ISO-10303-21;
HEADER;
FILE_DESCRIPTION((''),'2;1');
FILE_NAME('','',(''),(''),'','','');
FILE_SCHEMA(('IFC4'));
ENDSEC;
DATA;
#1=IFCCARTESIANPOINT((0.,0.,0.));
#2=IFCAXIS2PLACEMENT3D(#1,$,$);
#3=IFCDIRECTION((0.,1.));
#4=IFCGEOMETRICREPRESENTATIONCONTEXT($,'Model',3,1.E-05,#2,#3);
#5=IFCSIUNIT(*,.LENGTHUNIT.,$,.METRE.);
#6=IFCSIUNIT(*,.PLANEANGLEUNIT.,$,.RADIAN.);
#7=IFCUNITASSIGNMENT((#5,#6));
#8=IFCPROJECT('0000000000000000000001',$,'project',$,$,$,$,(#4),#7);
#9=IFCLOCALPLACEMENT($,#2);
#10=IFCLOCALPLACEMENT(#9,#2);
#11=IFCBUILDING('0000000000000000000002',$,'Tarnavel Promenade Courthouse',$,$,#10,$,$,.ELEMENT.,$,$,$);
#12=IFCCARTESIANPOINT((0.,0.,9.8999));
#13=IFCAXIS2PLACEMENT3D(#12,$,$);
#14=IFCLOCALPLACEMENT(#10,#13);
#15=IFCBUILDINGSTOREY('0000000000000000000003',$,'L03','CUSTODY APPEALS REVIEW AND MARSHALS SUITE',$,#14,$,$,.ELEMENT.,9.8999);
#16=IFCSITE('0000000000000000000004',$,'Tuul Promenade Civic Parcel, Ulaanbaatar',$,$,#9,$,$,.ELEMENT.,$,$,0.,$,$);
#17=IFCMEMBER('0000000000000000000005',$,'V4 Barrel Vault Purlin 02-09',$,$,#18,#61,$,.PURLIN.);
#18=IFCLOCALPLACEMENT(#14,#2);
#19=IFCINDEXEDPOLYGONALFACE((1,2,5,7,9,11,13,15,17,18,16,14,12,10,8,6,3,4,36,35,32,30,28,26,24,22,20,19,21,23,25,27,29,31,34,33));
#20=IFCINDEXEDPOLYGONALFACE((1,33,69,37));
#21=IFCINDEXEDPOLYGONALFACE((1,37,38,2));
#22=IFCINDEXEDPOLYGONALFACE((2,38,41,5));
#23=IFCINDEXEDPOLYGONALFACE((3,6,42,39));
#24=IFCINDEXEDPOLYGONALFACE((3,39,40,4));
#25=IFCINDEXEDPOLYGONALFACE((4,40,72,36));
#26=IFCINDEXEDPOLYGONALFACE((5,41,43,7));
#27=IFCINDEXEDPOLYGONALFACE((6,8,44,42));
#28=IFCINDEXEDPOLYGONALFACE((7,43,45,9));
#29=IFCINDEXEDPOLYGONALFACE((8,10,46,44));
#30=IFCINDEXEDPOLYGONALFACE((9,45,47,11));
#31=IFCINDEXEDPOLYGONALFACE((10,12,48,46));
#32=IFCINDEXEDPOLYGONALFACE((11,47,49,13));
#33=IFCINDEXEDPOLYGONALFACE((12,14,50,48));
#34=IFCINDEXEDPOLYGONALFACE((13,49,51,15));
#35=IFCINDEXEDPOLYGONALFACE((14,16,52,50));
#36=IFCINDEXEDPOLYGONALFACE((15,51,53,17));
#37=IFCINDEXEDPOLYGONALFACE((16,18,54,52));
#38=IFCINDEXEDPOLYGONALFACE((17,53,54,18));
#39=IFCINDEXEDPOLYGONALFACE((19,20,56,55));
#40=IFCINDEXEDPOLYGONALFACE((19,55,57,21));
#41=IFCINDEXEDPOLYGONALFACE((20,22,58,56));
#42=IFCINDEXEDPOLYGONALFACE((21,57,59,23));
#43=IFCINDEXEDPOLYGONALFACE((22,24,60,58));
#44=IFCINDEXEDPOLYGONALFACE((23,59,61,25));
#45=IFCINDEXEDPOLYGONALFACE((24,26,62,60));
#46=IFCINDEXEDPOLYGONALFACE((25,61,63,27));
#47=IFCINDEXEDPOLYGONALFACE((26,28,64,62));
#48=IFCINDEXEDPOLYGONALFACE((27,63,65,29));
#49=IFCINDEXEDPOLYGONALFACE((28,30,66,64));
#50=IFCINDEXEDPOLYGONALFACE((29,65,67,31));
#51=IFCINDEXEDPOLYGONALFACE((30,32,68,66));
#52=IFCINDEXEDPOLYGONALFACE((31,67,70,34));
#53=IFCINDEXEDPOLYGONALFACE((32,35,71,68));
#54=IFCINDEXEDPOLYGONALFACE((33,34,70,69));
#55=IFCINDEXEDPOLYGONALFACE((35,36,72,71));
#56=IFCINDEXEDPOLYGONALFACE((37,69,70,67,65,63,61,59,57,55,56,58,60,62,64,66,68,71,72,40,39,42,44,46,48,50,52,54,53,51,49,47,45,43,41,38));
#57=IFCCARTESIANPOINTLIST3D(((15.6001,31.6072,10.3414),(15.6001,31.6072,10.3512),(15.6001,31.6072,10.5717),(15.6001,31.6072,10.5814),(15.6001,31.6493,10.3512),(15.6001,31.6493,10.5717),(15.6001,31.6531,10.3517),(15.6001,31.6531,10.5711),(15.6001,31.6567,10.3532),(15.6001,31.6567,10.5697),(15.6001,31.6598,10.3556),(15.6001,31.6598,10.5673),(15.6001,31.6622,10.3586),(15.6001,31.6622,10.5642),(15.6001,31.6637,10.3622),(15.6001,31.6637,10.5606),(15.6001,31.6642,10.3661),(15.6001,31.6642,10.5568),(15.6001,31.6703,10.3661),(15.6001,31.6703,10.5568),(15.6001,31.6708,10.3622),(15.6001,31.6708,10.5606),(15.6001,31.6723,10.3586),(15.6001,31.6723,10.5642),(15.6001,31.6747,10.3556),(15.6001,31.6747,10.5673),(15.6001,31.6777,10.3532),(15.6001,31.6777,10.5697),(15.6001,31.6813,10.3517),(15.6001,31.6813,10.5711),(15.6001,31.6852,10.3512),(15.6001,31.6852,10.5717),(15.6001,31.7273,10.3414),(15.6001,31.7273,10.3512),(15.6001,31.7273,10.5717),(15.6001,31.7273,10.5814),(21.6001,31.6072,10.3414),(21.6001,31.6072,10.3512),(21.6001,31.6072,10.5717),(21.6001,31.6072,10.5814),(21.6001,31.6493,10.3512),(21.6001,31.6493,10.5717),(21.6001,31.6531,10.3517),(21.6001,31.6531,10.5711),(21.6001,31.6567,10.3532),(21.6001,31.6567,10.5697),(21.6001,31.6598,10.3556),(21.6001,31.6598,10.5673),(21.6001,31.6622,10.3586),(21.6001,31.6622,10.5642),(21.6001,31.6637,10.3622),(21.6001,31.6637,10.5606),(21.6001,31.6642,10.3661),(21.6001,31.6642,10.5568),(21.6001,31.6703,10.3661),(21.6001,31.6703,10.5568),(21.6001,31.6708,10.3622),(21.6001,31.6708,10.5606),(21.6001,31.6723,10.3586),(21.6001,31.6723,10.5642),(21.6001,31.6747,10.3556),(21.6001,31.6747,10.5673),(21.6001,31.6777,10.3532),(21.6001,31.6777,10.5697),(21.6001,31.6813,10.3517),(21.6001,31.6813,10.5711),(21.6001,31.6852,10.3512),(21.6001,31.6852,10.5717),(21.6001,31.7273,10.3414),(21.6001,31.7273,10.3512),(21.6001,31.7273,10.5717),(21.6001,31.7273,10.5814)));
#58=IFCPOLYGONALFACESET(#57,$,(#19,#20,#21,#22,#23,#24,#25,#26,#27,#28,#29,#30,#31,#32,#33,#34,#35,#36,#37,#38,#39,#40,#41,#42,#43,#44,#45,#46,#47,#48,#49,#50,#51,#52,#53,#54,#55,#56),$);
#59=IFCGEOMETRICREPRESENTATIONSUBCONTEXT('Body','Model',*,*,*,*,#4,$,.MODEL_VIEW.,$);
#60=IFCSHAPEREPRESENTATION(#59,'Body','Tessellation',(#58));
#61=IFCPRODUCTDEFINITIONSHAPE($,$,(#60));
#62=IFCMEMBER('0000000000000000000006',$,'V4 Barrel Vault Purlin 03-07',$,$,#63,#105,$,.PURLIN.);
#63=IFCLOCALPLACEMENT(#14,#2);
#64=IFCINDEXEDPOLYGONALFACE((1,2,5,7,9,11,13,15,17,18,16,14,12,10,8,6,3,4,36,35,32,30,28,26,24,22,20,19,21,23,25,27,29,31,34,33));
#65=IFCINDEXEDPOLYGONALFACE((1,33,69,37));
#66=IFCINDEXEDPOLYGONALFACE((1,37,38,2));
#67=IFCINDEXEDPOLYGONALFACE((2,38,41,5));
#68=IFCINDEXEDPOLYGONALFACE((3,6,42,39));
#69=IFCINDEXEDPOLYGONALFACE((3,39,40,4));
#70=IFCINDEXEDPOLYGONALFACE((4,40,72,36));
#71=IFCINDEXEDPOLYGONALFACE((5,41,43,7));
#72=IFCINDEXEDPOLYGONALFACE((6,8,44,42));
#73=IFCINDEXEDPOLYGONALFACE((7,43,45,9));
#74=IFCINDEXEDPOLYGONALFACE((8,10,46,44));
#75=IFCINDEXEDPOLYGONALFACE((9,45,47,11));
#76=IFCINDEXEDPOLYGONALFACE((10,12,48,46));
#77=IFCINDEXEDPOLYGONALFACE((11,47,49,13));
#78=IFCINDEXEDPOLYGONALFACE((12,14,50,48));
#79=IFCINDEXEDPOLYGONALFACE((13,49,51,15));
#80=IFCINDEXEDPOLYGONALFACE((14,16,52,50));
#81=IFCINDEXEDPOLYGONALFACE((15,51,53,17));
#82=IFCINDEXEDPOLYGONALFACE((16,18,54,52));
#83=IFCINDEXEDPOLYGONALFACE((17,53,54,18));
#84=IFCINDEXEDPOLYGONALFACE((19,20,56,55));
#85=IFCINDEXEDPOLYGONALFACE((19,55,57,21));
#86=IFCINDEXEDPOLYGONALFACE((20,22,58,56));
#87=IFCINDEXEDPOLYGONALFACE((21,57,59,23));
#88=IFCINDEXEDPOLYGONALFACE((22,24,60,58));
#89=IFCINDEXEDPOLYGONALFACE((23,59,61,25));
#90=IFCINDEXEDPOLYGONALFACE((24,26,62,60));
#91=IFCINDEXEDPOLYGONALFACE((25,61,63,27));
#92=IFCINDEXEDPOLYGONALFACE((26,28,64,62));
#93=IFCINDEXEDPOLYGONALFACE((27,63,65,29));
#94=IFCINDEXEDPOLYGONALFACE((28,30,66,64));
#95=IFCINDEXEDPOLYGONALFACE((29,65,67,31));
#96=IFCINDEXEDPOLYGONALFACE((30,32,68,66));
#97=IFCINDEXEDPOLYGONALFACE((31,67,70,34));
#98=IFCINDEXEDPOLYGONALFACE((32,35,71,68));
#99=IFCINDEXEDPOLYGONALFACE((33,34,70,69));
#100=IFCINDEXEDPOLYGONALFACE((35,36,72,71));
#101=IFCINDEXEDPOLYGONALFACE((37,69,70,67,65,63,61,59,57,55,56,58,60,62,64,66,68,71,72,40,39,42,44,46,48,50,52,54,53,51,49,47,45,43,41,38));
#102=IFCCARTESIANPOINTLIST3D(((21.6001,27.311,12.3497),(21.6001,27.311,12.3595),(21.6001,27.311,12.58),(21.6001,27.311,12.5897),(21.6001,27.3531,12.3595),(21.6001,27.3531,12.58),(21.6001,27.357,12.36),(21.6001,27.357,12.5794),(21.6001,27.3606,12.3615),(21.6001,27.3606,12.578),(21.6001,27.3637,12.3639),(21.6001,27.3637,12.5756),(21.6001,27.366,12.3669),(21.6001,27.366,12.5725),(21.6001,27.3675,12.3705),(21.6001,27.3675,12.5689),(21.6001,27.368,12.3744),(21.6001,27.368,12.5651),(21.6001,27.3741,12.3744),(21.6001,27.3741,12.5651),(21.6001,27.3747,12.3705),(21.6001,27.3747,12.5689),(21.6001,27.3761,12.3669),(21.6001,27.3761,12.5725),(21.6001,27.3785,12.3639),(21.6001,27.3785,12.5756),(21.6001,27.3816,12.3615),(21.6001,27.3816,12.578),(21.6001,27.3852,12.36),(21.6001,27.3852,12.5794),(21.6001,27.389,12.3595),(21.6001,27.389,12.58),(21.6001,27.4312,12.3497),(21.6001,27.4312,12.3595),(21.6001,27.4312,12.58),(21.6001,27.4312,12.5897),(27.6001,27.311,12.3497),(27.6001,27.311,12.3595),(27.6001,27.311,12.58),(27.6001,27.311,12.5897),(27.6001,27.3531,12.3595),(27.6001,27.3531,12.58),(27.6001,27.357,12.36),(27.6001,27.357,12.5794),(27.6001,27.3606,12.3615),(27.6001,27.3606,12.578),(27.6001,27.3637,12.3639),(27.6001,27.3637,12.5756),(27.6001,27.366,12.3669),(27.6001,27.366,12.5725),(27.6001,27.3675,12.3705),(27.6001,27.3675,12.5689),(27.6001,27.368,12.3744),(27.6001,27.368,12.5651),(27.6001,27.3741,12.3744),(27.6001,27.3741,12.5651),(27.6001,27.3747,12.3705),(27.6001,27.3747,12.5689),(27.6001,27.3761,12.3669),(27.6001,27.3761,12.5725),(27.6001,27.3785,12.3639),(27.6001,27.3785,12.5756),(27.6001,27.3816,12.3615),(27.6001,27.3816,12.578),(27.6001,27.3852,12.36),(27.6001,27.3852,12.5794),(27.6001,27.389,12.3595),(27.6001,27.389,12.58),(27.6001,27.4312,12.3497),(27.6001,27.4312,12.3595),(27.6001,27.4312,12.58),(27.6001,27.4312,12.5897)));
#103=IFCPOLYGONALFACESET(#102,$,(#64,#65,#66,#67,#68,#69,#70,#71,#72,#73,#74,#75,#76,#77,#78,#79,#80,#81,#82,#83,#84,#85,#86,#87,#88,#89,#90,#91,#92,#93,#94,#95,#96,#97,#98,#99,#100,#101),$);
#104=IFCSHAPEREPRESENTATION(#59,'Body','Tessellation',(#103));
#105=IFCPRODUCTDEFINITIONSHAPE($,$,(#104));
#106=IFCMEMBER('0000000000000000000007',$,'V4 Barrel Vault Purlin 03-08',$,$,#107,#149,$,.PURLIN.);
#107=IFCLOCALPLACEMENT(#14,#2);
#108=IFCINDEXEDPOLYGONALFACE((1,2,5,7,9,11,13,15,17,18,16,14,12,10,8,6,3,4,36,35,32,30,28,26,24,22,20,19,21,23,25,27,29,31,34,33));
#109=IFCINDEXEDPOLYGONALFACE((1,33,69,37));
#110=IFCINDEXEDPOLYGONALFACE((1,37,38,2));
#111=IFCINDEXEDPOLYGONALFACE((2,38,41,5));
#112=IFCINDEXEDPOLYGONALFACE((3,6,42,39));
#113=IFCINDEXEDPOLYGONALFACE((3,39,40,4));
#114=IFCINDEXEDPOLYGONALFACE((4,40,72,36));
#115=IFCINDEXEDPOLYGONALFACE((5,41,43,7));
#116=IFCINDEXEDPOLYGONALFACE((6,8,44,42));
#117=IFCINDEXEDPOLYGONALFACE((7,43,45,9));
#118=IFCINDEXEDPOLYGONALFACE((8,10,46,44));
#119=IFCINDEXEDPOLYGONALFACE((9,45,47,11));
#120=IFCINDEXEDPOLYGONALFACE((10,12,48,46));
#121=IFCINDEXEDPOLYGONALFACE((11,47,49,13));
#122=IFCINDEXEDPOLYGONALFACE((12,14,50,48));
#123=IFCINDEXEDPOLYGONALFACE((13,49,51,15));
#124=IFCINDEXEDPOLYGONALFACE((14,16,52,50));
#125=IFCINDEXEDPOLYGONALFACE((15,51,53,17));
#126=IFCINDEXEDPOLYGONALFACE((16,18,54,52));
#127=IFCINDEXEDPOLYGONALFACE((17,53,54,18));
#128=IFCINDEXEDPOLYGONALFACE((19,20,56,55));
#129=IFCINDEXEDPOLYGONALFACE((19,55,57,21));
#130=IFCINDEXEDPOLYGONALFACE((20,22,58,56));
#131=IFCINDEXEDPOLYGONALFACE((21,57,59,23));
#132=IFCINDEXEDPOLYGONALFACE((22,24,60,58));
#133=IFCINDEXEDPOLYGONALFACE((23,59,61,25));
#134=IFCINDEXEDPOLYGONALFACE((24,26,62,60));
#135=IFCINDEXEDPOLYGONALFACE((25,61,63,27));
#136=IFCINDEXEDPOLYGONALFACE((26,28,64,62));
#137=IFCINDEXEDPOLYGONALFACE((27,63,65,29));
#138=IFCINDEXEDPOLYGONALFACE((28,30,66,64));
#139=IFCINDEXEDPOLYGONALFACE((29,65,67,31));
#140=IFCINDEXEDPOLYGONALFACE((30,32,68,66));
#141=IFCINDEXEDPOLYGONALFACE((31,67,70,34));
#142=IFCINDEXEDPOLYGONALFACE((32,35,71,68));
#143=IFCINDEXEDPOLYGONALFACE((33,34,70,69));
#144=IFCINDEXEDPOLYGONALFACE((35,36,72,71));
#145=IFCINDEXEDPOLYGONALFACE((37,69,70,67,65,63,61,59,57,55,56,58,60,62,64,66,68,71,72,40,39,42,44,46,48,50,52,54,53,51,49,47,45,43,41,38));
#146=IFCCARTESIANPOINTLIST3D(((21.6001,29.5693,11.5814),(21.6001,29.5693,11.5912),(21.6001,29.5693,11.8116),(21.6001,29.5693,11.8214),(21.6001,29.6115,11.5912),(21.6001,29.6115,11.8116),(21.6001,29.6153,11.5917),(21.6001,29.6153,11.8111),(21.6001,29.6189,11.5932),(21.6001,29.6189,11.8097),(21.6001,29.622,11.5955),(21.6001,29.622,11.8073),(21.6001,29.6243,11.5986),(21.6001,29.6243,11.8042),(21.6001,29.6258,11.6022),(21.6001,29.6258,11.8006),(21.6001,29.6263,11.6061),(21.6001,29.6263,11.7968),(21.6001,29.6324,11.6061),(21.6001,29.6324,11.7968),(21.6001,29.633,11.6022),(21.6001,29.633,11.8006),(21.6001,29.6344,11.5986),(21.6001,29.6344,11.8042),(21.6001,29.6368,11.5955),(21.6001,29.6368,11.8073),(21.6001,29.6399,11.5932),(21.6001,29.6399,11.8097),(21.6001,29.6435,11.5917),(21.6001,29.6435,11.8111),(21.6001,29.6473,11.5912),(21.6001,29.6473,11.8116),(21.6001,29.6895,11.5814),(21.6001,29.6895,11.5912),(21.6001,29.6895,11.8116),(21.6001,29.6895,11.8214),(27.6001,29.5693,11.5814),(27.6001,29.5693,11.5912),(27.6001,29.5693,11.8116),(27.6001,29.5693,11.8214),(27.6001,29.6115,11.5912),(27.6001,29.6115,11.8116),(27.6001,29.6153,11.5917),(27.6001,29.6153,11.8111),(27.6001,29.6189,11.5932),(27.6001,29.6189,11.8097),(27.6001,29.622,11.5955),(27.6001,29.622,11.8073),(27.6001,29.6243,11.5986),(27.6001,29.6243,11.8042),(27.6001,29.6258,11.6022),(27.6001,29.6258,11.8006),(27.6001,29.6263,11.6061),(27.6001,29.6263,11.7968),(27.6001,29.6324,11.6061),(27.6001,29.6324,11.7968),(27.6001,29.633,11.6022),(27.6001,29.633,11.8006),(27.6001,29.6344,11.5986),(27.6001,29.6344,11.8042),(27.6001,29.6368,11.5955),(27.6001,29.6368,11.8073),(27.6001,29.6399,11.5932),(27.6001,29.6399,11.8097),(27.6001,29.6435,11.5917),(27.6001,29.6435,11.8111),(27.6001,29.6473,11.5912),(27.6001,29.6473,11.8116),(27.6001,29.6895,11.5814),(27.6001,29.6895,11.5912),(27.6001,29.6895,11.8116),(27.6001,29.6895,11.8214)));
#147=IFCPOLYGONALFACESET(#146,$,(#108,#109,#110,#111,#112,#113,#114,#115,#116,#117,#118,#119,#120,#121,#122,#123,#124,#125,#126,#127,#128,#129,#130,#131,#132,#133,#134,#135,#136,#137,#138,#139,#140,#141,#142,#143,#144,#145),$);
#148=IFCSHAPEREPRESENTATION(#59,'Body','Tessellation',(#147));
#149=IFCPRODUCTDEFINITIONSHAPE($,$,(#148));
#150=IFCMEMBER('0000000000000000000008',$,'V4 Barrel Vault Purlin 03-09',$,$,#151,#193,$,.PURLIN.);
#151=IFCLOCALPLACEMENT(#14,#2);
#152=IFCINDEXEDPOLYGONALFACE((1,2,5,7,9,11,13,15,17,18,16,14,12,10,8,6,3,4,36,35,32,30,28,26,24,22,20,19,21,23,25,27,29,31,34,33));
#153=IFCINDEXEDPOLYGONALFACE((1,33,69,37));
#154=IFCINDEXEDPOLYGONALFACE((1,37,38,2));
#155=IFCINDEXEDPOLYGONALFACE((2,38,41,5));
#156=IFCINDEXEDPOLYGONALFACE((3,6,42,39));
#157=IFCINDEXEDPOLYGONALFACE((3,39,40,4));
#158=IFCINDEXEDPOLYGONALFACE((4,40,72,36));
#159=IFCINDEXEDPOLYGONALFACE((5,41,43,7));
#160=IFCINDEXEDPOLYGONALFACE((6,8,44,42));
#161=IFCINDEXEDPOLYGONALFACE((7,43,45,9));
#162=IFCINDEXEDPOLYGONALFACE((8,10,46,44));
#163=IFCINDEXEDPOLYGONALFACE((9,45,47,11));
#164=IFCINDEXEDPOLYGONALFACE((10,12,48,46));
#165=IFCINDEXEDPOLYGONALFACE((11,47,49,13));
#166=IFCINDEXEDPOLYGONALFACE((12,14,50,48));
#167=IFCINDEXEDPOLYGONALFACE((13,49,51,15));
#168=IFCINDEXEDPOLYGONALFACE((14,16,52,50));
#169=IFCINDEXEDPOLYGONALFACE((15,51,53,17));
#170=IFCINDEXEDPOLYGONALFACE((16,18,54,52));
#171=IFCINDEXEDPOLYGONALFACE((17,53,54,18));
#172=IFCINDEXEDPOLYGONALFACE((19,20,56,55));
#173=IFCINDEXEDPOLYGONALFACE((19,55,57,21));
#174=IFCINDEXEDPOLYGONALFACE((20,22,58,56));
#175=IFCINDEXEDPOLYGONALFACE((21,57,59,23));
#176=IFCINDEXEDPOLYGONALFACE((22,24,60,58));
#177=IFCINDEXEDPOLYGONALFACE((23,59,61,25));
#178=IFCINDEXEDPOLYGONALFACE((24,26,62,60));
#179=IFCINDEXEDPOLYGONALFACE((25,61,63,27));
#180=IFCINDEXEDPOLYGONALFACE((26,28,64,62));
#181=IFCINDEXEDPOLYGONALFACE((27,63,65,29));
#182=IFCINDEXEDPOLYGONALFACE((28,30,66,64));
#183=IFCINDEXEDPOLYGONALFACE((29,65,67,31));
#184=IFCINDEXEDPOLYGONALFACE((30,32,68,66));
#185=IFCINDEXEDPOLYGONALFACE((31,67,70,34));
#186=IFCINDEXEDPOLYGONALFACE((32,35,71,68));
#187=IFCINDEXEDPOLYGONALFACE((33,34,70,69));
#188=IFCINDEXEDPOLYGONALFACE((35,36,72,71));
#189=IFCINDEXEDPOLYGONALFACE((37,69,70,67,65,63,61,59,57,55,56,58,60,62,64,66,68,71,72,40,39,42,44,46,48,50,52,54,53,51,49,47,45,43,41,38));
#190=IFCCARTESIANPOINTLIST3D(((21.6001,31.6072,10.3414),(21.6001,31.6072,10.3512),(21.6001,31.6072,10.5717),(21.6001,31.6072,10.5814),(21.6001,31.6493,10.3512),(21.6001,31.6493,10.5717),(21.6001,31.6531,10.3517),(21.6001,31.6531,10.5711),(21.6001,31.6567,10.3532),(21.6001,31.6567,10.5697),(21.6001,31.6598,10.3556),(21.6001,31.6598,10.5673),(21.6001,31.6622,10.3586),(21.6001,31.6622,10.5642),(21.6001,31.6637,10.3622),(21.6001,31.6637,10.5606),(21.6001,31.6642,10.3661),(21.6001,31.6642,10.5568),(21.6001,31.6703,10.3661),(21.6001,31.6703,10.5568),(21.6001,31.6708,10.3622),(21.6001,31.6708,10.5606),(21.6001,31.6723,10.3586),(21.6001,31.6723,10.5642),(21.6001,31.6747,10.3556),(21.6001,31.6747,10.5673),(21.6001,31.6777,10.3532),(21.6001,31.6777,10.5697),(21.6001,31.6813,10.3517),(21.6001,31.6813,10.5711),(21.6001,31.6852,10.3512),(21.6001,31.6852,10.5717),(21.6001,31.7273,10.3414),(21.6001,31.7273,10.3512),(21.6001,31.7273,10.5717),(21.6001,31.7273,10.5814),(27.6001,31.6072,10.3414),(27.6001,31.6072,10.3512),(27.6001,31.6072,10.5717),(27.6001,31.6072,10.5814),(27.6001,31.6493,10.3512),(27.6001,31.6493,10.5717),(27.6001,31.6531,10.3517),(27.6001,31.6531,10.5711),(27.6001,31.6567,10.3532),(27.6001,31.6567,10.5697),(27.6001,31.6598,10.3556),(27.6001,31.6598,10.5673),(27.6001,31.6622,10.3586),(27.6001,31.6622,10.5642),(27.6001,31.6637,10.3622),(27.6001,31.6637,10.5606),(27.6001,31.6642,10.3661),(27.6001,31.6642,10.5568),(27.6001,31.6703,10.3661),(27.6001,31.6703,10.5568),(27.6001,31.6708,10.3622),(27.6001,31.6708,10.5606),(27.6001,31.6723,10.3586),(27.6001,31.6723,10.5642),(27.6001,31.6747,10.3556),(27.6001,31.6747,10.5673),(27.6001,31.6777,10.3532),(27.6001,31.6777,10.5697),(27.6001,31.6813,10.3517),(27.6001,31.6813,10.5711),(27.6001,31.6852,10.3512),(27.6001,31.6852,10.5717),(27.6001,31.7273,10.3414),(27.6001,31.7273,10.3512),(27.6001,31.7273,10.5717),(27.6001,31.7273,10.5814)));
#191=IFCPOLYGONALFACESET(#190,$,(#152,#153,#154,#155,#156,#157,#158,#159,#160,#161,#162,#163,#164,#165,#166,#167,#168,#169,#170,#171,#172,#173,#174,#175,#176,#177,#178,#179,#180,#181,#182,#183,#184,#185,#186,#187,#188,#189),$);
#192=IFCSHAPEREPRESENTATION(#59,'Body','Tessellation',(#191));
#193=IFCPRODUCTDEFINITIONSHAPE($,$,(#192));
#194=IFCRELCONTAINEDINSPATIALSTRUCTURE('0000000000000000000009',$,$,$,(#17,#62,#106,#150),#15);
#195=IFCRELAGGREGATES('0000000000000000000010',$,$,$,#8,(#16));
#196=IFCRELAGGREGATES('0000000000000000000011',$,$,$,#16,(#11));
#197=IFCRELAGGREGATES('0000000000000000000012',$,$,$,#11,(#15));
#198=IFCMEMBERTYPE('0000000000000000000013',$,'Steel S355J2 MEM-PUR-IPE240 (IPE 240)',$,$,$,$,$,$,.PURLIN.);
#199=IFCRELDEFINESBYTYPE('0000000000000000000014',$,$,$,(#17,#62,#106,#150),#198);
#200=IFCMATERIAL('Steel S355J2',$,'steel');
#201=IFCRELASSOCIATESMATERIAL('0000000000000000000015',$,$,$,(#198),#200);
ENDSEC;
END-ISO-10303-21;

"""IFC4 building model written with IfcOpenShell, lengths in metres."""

from ifc_helpers import new_model, si_unit, direction, frame, origin, origin_2d, place, context, subcontext, project, spatial, i_section, extrude, material, material_profile, profile_set, type_object, element, save


model = new_model("IFC4")

# Units and contexts
model_context = context("Model", 3, precision=1e-05, world=origin(), true_north=direction((0.0, 1.0)))
body_context = subcontext(model_context, "Body", "Model", "MODEL_VIEW")
ifc_project = project(units=[si_unit("LENGTHUNIT", "METRE"), si_unit("PLANEANGLEUNIT", "RADIAN")], contexts=[model_context])

# Site, building, storey
site_placement = place(None, origin())
site = spatial("IfcSite", under=ifc_project, at=site_placement, Name="Tuul Promenade Civic Parcel, Ulaanbaatar", CompositionType="ELEMENT", RefElevation=0.0)
building_placement = place(site_placement, origin())
building = spatial("IfcBuilding", under=site, at=building_placement, Name="Tarnavel Promenade Courthouse", CompositionType="ELEMENT")
storey_placement = place(building_placement, frame((0.0, 0.0, 9.8999)))
storey = spatial("IfcBuildingStorey", under=building, at=storey_placement, Name="L03", Description="CUSTODY APPEALS REVIEW AND MARSHALS SUITE", CompositionType="ELEMENT", Elevation=9.8999)

# Shared definitions
ifc_material_1 = material(Name="Steel S355J2", Category="steel")

# Members
ifc_material_profile_1 = material_profile(ifc_material_1, i_section(OverallWidth=0.1201, OverallDepth=0.24, WebThickness=0.0061, FlangeThickness=0.0098, FilletRadius=0.0149, at=origin_2d()), Name="IPE 240")
ifc_profile_set_1 = profile_set([ifc_material_profile_1], Name="Steel S355J2")
member_type = type_object("IfcMemberType", Name="Steel S355J2 MEM-PUR-IPE240 (IPE 240)", PredefinedType="PURLIN", material=ifc_profile_set_1)
for number, where, z_axis, x_axis, name in (
    (1, (15.6001, 31.6672, 10.4614), (1.0, 0.0, 0.0), (0.0, 1.0, 0.0), "V4 Barrel Vault Purlin 02-09"),
    (2, (21.6001, 27.3711, 12.4697), (1.0, 0.0, 0.0), (0.0, 1.0, 0.0), "V4 Barrel Vault Purlin 03-07"),
    (3, (21.6001, 29.6294, 11.7014), (1.0, 0.0, 0.0), (0.0, 1.0, 0.0), "V4 Barrel Vault Purlin 03-08"),
    (4, (21.6001, 31.6672, 10.4614), (1.0, 0.0, 0.0), (0.0, 1.0, 0.0), "V4 Barrel Vault Purlin 03-09"),
):
    element("IfcMember", number, at=place(storey_placement, frame(where, z_axis=z_axis, x_axis=x_axis)), inside=storey, type_object=member_type, Name=name, PredefinedType="PURLIN", context=body_context, shape_type="SweptSolid", body=[
        extrude(i_section(OverallWidth=0.1201, OverallDepth=0.24, WebThickness=0.0061, FlangeThickness=0.0098, FilletRadius=0.0149, at=origin_2d()), origin(), (0.0, 0.0, 1.0), 6.0),
    ])

save(model, "model.ifc")
